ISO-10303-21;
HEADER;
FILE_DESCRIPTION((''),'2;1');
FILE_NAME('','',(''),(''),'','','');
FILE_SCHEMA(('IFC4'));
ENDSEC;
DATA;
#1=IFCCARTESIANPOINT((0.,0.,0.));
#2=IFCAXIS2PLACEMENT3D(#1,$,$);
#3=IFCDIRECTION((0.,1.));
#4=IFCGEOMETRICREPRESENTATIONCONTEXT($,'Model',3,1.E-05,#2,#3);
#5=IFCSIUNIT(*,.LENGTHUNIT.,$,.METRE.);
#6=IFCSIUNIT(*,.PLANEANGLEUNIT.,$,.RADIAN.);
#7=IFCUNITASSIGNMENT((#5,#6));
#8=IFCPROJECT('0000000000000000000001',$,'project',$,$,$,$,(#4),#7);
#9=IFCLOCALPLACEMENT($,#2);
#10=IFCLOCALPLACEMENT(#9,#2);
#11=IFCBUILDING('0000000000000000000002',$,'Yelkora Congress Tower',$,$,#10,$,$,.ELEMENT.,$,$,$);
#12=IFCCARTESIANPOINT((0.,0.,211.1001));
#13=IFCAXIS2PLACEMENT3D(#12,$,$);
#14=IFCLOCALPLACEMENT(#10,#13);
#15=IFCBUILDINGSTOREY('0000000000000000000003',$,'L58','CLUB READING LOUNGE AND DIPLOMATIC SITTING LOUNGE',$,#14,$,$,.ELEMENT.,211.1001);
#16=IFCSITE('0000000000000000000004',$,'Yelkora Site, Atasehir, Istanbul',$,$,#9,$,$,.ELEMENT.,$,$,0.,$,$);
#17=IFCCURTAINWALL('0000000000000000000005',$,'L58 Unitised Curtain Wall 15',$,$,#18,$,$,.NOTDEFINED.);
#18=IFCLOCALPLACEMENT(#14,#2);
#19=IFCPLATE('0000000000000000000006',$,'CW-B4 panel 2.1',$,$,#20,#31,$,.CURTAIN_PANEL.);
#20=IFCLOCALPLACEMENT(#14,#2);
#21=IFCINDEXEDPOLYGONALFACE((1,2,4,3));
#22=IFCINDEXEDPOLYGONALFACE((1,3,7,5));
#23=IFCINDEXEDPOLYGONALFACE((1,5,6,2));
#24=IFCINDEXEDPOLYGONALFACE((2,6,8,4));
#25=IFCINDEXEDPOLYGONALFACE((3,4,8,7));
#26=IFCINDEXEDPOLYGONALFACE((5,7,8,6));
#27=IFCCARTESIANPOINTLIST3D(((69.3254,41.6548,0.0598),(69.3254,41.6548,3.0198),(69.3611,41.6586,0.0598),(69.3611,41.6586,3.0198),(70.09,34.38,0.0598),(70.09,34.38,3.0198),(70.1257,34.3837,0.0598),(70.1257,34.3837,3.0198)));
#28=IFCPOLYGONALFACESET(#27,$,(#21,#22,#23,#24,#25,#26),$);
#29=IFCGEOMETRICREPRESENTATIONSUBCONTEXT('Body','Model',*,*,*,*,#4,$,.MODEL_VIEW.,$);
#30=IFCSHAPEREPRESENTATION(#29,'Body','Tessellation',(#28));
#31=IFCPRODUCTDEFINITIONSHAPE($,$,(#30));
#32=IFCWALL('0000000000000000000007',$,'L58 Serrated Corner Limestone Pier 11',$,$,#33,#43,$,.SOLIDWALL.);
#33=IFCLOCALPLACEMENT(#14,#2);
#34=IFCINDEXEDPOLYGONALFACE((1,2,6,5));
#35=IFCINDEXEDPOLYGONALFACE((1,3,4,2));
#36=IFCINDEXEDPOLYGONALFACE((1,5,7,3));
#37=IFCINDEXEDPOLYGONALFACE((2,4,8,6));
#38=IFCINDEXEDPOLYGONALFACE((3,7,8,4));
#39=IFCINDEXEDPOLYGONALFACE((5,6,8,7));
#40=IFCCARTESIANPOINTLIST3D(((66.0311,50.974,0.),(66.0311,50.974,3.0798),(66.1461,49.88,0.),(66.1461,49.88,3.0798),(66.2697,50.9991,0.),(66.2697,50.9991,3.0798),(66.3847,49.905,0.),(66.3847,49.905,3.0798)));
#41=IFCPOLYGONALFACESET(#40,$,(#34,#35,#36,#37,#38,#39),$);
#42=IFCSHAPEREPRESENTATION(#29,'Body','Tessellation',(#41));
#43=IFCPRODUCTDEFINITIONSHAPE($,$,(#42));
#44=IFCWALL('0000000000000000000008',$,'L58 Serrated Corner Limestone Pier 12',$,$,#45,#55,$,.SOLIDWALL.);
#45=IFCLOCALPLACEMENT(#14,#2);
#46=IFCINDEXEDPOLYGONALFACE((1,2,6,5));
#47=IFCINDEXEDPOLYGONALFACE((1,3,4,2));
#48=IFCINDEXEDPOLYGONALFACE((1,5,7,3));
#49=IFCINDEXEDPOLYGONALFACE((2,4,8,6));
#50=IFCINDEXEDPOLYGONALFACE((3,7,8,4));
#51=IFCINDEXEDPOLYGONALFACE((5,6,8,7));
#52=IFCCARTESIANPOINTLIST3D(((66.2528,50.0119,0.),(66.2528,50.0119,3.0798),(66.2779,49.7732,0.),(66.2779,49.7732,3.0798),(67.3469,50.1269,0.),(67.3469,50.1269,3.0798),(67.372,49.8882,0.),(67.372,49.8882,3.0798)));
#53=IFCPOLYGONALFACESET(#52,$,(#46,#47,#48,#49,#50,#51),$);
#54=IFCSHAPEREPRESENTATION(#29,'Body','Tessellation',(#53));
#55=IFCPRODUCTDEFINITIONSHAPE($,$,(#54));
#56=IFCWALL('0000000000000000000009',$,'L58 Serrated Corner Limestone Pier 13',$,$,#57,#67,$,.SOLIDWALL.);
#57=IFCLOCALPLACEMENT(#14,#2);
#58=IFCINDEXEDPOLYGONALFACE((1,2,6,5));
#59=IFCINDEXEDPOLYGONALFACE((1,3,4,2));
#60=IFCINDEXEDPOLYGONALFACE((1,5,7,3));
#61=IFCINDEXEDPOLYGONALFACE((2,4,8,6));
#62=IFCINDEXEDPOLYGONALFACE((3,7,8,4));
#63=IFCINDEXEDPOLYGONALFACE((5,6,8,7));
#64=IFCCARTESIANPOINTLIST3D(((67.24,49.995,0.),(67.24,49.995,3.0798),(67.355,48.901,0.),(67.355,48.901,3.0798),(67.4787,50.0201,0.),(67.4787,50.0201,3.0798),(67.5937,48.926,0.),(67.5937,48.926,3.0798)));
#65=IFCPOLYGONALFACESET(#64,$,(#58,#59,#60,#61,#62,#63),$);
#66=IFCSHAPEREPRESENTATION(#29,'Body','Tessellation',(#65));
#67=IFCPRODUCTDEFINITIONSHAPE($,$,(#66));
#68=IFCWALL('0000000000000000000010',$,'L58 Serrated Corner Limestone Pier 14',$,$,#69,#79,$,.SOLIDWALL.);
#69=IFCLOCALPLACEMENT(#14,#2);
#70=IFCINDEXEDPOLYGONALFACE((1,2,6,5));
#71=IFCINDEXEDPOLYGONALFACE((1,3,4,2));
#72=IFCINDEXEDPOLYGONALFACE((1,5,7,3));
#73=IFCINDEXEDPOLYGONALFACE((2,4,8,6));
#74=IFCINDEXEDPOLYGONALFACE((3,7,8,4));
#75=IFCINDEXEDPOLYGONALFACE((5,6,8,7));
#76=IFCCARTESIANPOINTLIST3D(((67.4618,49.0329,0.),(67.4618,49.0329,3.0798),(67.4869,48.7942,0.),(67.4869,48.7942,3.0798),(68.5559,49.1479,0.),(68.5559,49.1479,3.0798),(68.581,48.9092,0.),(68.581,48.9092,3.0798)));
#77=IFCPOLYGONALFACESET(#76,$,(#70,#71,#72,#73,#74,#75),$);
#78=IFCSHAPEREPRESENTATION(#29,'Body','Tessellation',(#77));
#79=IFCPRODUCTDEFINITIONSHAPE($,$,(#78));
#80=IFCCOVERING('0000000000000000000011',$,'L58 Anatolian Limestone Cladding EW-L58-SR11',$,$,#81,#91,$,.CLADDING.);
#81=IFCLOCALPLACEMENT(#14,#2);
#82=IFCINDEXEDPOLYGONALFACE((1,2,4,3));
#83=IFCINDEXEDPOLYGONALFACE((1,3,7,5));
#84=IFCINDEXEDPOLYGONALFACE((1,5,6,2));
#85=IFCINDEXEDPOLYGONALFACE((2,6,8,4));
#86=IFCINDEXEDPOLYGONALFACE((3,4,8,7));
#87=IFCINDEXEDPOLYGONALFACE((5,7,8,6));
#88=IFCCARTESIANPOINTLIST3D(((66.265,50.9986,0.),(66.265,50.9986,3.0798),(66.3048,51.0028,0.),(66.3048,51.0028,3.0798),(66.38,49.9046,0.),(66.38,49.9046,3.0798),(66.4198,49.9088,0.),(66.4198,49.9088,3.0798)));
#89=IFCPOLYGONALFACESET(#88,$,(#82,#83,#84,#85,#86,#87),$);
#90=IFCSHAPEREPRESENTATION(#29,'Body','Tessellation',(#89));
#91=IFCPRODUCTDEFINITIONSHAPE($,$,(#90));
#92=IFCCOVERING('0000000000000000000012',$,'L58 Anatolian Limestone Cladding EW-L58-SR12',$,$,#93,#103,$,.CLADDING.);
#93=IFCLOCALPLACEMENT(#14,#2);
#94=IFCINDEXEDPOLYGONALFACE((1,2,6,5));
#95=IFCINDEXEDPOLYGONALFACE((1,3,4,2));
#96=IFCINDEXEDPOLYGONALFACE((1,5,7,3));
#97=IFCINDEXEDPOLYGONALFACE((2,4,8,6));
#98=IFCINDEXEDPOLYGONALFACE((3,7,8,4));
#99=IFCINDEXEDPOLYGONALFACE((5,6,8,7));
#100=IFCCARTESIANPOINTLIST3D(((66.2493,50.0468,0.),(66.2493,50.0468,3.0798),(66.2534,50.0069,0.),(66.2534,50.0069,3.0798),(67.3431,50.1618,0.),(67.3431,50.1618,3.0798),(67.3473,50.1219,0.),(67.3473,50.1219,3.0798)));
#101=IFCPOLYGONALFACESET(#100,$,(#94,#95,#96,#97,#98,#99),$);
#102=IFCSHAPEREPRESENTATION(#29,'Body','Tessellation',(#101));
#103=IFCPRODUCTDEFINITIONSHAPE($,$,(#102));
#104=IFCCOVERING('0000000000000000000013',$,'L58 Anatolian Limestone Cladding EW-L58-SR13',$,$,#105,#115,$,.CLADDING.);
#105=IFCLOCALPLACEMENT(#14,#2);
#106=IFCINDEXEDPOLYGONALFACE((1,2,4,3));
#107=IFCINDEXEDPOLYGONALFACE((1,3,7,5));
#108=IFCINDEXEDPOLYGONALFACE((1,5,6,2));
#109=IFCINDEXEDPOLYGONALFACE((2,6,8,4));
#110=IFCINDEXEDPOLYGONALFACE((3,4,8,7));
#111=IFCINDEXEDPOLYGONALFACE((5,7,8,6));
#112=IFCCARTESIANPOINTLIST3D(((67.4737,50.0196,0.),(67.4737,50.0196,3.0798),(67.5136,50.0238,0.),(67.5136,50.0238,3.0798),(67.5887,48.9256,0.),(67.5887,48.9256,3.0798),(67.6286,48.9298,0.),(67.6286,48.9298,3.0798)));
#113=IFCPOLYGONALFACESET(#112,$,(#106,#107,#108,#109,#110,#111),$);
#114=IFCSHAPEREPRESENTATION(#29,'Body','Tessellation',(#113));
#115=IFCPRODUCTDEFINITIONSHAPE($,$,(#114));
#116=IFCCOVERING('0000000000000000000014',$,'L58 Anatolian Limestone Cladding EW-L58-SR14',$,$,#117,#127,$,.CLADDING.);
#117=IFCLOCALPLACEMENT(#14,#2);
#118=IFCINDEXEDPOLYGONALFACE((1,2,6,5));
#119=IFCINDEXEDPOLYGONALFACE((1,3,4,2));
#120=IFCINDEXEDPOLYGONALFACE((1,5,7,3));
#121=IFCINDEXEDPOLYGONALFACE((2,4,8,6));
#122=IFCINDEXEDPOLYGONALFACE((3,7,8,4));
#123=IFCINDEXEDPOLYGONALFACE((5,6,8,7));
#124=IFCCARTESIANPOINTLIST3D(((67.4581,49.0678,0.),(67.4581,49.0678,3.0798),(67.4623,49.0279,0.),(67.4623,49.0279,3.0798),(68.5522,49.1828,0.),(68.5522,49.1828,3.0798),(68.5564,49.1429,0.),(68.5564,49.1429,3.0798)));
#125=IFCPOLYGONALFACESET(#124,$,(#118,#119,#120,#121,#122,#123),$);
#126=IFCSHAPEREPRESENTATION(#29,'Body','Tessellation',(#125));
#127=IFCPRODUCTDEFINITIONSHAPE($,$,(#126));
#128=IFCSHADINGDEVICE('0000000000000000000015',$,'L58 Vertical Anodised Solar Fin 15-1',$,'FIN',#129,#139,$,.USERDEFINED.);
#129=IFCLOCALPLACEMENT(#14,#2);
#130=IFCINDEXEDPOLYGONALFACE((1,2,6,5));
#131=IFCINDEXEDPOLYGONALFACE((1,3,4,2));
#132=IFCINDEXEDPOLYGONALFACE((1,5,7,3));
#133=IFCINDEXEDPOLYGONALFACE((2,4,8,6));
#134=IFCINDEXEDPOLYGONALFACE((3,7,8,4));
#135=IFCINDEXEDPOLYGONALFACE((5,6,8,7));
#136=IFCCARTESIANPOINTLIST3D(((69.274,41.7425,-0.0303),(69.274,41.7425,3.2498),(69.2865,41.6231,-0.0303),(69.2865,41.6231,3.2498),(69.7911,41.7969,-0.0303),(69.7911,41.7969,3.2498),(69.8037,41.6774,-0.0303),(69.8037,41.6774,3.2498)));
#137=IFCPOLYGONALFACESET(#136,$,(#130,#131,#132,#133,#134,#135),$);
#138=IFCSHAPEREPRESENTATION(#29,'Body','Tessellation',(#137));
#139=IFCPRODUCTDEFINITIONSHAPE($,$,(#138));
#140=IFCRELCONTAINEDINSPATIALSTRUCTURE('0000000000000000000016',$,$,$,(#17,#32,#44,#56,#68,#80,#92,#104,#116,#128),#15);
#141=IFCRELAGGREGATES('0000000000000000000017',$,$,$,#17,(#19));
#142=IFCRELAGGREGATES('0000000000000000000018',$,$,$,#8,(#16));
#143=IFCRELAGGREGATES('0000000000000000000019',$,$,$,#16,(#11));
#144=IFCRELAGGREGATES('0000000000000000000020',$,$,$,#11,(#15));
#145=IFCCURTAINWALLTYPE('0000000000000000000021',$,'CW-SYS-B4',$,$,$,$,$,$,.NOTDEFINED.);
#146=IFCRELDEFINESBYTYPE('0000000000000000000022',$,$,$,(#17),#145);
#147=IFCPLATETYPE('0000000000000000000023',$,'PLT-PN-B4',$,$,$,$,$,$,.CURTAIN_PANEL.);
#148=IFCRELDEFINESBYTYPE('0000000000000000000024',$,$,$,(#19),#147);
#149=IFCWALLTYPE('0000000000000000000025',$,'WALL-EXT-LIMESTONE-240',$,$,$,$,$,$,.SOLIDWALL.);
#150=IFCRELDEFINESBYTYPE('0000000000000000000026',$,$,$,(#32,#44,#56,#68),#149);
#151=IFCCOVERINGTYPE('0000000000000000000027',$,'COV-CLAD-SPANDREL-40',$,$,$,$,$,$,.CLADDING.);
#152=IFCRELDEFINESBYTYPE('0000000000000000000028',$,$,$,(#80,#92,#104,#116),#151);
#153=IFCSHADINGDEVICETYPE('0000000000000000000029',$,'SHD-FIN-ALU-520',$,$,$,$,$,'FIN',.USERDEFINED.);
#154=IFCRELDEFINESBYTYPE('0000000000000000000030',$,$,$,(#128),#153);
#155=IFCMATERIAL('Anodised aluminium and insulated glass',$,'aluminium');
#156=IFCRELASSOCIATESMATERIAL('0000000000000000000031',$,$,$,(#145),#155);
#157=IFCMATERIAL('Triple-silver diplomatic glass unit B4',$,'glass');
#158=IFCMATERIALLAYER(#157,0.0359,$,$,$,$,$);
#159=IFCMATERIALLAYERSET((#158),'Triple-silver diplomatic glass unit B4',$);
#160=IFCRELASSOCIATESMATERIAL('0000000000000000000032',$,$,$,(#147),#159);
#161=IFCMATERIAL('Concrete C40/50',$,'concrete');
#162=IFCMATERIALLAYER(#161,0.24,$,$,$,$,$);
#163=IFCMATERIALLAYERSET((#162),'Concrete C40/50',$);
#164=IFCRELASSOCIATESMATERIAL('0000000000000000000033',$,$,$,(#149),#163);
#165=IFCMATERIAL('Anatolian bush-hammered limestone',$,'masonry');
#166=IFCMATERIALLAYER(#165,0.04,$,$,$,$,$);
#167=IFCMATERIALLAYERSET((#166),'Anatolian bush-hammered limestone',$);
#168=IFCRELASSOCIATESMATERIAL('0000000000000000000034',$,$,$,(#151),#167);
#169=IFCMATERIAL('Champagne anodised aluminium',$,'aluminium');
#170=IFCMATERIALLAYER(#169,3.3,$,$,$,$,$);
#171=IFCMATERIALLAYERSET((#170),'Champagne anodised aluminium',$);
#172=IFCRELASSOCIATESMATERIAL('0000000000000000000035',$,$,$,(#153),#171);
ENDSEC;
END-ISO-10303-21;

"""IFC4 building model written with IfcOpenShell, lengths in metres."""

from ifc_helpers import new_model, si_unit, direction, frame, frame_2d, origin, origin_2d, place, context, subcontext, project, spatial, rectangle, extrude, material, layer, layer_set, type_object, element, aggregate, save


model = new_model("IFC4")

# Units and contexts
model_context = context("Model", 3, precision=1e-05, world=origin(), true_north=direction((0.0, 1.0)))
body_context = subcontext(model_context, "Body", "Model", "MODEL_VIEW")
ifc_project = project(units=[si_unit("LENGTHUNIT", "METRE"), si_unit("PLANEANGLEUNIT", "RADIAN")], contexts=[model_context])

# Site, building, storey
site_placement = place(None, origin())
site = spatial("IfcSite", under=ifc_project, at=site_placement, Name="Yelkora Site, Atasehir, Istanbul", CompositionType="ELEMENT", RefElevation=0.0)
building_placement = place(site_placement, origin())
building = spatial("IfcBuilding", under=site, at=building_placement, Name="Yelkora Congress Tower", CompositionType="ELEMENT")
storey_placement = place(building_placement, frame((0.0, 0.0, 211.1001)))
storey = spatial("IfcBuildingStorey", under=building, at=storey_placement, Name="L58", Description="CLUB READING LOUNGE AND DIPLOMATIC SITTING LOUNGE", CompositionType="ELEMENT", Elevation=211.1001)

# Shared definitions
ifc_material_1 = material(Name="Anodised aluminium and insulated glass", Category="aluminium")
curtain_wall_type = type_object("IfcCurtainWallType", Name="CW-SYS-B4", PredefinedType="NOTDEFINED", material=ifc_material_1)

# Curtain wall, plate
curtain_wall_1_placement = place(storey_placement, origin())
curtain_wall_1 = element("IfcCurtainWall", 1, at=curtain_wall_1_placement, inside=storey, type_object=curtain_wall_type, Name="L58 Unitised Curtain Wall 15", PredefinedType="NOTDEFINED")
ifc_material_2 = material(Name="Triple-silver diplomatic glass unit B4", Category="glass")
ifc_layer_1 = layer(ifc_material_2, 0.0359)
ifc_layer_set_1 = layer_set([ifc_layer_1], Name="Triple-silver diplomatic glass unit B4")
plate_type = type_object("IfcPlateType", Name="PLT-PN-B4", PredefinedType="CURTAIN_PANEL", material=ifc_layer_set_1)
plate_1_placement = place(storey_placement, frame((69.7256, 38.0193, 0.0598), z_axis=(0.0, 0.0, 1.0), x_axis=(0.104526, -0.994522, 0.0)))
plate_1 = element("IfcPlate", 2, at=plate_1_placement, type_object=plate_type, Name="CW-B4 panel 2.1", PredefinedType="CURTAIN_PANEL", context=body_context, shape_type="SweptSolid", body=[
    extrude(rectangle(XDim=7.3149, YDim=0.0359, at=origin_2d()), origin(), (0.0, 0.0, 1.0), 2.96),
])
aggregate(curtain_wall_1, [plate_1])

# Walls
ifc_material_3 = material(Name="Concrete C40/50", Category="concrete")
ifc_layer_2 = layer(ifc_material_3, 0.24)
ifc_layer_set_2 = layer_set([ifc_layer_2], Name="Concrete C40/50")
wall_type = type_object("IfcWallType", Name="WALL-EXT-LIMESTONE-240", PredefinedType="SOLIDWALL", material=ifc_layer_set_2)
for number, where, z_axis, x_axis, name in (
    (3, (66.1504, 50.9866, 0.0), (0.0, 0.0, 1.0), (0.104535, -0.994521, 0.0), "L58 Serrated Corner Limestone Pier 11"),
    (4, (66.2654, 49.8926, 0.0), (0.0, 0.0, 1.0), (0.994521, 0.104535, 0.0), "L58 Serrated Corner Limestone Pier 12"),
    (5, (67.3594, 50.0076, 0.0), (0.0, 0.0, 1.0), (0.104535, -0.994521, 0.0), "L58 Serrated Corner Limestone Pier 13"),
    (6, (67.4744, 48.9136, 0.0), (0.0, 0.0, 1.0), (0.994521, 0.104535, 0.0), "L58 Serrated Corner Limestone Pier 14"),
):
    element("IfcWall", number, at=place(storey_placement, frame(where, z_axis=z_axis, x_axis=x_axis)), inside=storey, type_object=wall_type, Name=name, PredefinedType="SOLIDWALL", context=body_context, shape_type="SweptSolid", body=[
        extrude(rectangle(XDim=1.1001, YDim=0.24, at=frame_2d((0.55, 0.0))), origin(), (0.0, 0.0, 1.0), 3.0798),
    ])

# Coverings
ifc_material_4 = material(Name="Anatolian bush-hammered limestone", Category="masonry")
ifc_layer_3 = layer(ifc_material_4, 0.04)
ifc_layer_set_3 = layer_set([ifc_layer_3], Name="Anatolian bush-hammered limestone")
covering_type = type_object("IfcCoveringType", Name="COV-CLAD-SPANDREL-40", PredefinedType="CLADDING", material=ifc_layer_set_3)
covering_1_placement = place(storey_placement, frame((66.2849, 51.0007, 0.0), z_axis=(0.0, 0.0, 1.0), x_axis=(0.104535, -0.994521, 0.0)))
element("IfcCovering", 7, at=covering_1_placement, inside=storey, type_object=covering_type, Name="L58 Anatolian Limestone Cladding EW-L58-SR11", PredefinedType="CLADDING", context=body_context, shape_type="SweptSolid", body=[
    extrude(rectangle(XDim=1.1001, YDim=0.04, at=frame_2d((0.55, 0.0))), origin(), (0.0, 0.0, 1.0), 3.0798),
])
covering_2_placement = place(storey_placement, frame((66.2515, 50.0269, 0.0), z_axis=(0.0, 0.0, 1.0), x_axis=(0.994519, 0.104558, 0.0)))
element("IfcCovering", 8, at=covering_2_placement, inside=storey, type_object=covering_type, Name="L58 Anatolian Limestone Cladding EW-L58-SR12", PredefinedType="CLADDING", context=body_context, shape_type="SweptSolid", body=[
    extrude(rectangle(XDim=1.0999, YDim=0.04, at=frame_2d((0.5498, 0.0))), origin(), (0.0, 0.0, 1.0), 3.0798),
])
for number, where, z_axis, x_axis, name in (
    (9, (67.4937, 50.0217, 0.0), (0.0, 0.0, 1.0), (0.104535, -0.994521, 0.0), "L58 Anatolian Limestone Cladding EW-L58-SR13"),
    (10, (67.4602, 49.0479, 0.0), (0.0, 0.0, 1.0), (0.994521, 0.104535, 0.0), "L58 Anatolian Limestone Cladding EW-L58-SR14"),
):
    element("IfcCovering", number, at=place(storey_placement, frame(where, z_axis=z_axis, x_axis=x_axis)), inside=storey, type_object=covering_type, Name=name, PredefinedType="CLADDING", context=body_context, shape_type="SweptSolid", body=[
        extrude(rectangle(XDim=1.1001, YDim=0.04, at=frame_2d((0.55, 0.0))), origin(), (0.0, 0.0, 1.0), 3.0798),
    ])

# Shading device
ifc_material_5 = material(Name="Champagne anodised aluminium", Category="aluminium")
ifc_layer_4 = layer(ifc_material_5, 3.3)
ifc_layer_set_4 = layer_set([ifc_layer_4], Name="Champagne anodised aluminium")
shading_device_type = type_object("IfcShadingDeviceType", Name="SHD-FIN-ALU-520", ElementType="FIN", PredefinedType="USERDEFINED", material=ifc_layer_set_4)
shading_device_placement = place(storey_placement, frame((69.5388, 41.71, -0.0303), z_axis=(0.0, 0.0, 1.0), x_axis=(0.104528, -0.994522, 0.0)))
element("IfcShadingDevice", 11, at=shading_device_placement, inside=storey, type_object=shading_device_type, Name="L58 Vertical Anodised Solar Fin 15-1", ObjectType="FIN", PredefinedType="USERDEFINED", context=body_context, shape_type="SweptSolid", body=[
    extrude(rectangle(XDim=0.1201, YDim=0.52, at=origin_2d()), origin(), (0.0, 0.0, 1.0), 3.28),
])

save(model, "model.ifc")
